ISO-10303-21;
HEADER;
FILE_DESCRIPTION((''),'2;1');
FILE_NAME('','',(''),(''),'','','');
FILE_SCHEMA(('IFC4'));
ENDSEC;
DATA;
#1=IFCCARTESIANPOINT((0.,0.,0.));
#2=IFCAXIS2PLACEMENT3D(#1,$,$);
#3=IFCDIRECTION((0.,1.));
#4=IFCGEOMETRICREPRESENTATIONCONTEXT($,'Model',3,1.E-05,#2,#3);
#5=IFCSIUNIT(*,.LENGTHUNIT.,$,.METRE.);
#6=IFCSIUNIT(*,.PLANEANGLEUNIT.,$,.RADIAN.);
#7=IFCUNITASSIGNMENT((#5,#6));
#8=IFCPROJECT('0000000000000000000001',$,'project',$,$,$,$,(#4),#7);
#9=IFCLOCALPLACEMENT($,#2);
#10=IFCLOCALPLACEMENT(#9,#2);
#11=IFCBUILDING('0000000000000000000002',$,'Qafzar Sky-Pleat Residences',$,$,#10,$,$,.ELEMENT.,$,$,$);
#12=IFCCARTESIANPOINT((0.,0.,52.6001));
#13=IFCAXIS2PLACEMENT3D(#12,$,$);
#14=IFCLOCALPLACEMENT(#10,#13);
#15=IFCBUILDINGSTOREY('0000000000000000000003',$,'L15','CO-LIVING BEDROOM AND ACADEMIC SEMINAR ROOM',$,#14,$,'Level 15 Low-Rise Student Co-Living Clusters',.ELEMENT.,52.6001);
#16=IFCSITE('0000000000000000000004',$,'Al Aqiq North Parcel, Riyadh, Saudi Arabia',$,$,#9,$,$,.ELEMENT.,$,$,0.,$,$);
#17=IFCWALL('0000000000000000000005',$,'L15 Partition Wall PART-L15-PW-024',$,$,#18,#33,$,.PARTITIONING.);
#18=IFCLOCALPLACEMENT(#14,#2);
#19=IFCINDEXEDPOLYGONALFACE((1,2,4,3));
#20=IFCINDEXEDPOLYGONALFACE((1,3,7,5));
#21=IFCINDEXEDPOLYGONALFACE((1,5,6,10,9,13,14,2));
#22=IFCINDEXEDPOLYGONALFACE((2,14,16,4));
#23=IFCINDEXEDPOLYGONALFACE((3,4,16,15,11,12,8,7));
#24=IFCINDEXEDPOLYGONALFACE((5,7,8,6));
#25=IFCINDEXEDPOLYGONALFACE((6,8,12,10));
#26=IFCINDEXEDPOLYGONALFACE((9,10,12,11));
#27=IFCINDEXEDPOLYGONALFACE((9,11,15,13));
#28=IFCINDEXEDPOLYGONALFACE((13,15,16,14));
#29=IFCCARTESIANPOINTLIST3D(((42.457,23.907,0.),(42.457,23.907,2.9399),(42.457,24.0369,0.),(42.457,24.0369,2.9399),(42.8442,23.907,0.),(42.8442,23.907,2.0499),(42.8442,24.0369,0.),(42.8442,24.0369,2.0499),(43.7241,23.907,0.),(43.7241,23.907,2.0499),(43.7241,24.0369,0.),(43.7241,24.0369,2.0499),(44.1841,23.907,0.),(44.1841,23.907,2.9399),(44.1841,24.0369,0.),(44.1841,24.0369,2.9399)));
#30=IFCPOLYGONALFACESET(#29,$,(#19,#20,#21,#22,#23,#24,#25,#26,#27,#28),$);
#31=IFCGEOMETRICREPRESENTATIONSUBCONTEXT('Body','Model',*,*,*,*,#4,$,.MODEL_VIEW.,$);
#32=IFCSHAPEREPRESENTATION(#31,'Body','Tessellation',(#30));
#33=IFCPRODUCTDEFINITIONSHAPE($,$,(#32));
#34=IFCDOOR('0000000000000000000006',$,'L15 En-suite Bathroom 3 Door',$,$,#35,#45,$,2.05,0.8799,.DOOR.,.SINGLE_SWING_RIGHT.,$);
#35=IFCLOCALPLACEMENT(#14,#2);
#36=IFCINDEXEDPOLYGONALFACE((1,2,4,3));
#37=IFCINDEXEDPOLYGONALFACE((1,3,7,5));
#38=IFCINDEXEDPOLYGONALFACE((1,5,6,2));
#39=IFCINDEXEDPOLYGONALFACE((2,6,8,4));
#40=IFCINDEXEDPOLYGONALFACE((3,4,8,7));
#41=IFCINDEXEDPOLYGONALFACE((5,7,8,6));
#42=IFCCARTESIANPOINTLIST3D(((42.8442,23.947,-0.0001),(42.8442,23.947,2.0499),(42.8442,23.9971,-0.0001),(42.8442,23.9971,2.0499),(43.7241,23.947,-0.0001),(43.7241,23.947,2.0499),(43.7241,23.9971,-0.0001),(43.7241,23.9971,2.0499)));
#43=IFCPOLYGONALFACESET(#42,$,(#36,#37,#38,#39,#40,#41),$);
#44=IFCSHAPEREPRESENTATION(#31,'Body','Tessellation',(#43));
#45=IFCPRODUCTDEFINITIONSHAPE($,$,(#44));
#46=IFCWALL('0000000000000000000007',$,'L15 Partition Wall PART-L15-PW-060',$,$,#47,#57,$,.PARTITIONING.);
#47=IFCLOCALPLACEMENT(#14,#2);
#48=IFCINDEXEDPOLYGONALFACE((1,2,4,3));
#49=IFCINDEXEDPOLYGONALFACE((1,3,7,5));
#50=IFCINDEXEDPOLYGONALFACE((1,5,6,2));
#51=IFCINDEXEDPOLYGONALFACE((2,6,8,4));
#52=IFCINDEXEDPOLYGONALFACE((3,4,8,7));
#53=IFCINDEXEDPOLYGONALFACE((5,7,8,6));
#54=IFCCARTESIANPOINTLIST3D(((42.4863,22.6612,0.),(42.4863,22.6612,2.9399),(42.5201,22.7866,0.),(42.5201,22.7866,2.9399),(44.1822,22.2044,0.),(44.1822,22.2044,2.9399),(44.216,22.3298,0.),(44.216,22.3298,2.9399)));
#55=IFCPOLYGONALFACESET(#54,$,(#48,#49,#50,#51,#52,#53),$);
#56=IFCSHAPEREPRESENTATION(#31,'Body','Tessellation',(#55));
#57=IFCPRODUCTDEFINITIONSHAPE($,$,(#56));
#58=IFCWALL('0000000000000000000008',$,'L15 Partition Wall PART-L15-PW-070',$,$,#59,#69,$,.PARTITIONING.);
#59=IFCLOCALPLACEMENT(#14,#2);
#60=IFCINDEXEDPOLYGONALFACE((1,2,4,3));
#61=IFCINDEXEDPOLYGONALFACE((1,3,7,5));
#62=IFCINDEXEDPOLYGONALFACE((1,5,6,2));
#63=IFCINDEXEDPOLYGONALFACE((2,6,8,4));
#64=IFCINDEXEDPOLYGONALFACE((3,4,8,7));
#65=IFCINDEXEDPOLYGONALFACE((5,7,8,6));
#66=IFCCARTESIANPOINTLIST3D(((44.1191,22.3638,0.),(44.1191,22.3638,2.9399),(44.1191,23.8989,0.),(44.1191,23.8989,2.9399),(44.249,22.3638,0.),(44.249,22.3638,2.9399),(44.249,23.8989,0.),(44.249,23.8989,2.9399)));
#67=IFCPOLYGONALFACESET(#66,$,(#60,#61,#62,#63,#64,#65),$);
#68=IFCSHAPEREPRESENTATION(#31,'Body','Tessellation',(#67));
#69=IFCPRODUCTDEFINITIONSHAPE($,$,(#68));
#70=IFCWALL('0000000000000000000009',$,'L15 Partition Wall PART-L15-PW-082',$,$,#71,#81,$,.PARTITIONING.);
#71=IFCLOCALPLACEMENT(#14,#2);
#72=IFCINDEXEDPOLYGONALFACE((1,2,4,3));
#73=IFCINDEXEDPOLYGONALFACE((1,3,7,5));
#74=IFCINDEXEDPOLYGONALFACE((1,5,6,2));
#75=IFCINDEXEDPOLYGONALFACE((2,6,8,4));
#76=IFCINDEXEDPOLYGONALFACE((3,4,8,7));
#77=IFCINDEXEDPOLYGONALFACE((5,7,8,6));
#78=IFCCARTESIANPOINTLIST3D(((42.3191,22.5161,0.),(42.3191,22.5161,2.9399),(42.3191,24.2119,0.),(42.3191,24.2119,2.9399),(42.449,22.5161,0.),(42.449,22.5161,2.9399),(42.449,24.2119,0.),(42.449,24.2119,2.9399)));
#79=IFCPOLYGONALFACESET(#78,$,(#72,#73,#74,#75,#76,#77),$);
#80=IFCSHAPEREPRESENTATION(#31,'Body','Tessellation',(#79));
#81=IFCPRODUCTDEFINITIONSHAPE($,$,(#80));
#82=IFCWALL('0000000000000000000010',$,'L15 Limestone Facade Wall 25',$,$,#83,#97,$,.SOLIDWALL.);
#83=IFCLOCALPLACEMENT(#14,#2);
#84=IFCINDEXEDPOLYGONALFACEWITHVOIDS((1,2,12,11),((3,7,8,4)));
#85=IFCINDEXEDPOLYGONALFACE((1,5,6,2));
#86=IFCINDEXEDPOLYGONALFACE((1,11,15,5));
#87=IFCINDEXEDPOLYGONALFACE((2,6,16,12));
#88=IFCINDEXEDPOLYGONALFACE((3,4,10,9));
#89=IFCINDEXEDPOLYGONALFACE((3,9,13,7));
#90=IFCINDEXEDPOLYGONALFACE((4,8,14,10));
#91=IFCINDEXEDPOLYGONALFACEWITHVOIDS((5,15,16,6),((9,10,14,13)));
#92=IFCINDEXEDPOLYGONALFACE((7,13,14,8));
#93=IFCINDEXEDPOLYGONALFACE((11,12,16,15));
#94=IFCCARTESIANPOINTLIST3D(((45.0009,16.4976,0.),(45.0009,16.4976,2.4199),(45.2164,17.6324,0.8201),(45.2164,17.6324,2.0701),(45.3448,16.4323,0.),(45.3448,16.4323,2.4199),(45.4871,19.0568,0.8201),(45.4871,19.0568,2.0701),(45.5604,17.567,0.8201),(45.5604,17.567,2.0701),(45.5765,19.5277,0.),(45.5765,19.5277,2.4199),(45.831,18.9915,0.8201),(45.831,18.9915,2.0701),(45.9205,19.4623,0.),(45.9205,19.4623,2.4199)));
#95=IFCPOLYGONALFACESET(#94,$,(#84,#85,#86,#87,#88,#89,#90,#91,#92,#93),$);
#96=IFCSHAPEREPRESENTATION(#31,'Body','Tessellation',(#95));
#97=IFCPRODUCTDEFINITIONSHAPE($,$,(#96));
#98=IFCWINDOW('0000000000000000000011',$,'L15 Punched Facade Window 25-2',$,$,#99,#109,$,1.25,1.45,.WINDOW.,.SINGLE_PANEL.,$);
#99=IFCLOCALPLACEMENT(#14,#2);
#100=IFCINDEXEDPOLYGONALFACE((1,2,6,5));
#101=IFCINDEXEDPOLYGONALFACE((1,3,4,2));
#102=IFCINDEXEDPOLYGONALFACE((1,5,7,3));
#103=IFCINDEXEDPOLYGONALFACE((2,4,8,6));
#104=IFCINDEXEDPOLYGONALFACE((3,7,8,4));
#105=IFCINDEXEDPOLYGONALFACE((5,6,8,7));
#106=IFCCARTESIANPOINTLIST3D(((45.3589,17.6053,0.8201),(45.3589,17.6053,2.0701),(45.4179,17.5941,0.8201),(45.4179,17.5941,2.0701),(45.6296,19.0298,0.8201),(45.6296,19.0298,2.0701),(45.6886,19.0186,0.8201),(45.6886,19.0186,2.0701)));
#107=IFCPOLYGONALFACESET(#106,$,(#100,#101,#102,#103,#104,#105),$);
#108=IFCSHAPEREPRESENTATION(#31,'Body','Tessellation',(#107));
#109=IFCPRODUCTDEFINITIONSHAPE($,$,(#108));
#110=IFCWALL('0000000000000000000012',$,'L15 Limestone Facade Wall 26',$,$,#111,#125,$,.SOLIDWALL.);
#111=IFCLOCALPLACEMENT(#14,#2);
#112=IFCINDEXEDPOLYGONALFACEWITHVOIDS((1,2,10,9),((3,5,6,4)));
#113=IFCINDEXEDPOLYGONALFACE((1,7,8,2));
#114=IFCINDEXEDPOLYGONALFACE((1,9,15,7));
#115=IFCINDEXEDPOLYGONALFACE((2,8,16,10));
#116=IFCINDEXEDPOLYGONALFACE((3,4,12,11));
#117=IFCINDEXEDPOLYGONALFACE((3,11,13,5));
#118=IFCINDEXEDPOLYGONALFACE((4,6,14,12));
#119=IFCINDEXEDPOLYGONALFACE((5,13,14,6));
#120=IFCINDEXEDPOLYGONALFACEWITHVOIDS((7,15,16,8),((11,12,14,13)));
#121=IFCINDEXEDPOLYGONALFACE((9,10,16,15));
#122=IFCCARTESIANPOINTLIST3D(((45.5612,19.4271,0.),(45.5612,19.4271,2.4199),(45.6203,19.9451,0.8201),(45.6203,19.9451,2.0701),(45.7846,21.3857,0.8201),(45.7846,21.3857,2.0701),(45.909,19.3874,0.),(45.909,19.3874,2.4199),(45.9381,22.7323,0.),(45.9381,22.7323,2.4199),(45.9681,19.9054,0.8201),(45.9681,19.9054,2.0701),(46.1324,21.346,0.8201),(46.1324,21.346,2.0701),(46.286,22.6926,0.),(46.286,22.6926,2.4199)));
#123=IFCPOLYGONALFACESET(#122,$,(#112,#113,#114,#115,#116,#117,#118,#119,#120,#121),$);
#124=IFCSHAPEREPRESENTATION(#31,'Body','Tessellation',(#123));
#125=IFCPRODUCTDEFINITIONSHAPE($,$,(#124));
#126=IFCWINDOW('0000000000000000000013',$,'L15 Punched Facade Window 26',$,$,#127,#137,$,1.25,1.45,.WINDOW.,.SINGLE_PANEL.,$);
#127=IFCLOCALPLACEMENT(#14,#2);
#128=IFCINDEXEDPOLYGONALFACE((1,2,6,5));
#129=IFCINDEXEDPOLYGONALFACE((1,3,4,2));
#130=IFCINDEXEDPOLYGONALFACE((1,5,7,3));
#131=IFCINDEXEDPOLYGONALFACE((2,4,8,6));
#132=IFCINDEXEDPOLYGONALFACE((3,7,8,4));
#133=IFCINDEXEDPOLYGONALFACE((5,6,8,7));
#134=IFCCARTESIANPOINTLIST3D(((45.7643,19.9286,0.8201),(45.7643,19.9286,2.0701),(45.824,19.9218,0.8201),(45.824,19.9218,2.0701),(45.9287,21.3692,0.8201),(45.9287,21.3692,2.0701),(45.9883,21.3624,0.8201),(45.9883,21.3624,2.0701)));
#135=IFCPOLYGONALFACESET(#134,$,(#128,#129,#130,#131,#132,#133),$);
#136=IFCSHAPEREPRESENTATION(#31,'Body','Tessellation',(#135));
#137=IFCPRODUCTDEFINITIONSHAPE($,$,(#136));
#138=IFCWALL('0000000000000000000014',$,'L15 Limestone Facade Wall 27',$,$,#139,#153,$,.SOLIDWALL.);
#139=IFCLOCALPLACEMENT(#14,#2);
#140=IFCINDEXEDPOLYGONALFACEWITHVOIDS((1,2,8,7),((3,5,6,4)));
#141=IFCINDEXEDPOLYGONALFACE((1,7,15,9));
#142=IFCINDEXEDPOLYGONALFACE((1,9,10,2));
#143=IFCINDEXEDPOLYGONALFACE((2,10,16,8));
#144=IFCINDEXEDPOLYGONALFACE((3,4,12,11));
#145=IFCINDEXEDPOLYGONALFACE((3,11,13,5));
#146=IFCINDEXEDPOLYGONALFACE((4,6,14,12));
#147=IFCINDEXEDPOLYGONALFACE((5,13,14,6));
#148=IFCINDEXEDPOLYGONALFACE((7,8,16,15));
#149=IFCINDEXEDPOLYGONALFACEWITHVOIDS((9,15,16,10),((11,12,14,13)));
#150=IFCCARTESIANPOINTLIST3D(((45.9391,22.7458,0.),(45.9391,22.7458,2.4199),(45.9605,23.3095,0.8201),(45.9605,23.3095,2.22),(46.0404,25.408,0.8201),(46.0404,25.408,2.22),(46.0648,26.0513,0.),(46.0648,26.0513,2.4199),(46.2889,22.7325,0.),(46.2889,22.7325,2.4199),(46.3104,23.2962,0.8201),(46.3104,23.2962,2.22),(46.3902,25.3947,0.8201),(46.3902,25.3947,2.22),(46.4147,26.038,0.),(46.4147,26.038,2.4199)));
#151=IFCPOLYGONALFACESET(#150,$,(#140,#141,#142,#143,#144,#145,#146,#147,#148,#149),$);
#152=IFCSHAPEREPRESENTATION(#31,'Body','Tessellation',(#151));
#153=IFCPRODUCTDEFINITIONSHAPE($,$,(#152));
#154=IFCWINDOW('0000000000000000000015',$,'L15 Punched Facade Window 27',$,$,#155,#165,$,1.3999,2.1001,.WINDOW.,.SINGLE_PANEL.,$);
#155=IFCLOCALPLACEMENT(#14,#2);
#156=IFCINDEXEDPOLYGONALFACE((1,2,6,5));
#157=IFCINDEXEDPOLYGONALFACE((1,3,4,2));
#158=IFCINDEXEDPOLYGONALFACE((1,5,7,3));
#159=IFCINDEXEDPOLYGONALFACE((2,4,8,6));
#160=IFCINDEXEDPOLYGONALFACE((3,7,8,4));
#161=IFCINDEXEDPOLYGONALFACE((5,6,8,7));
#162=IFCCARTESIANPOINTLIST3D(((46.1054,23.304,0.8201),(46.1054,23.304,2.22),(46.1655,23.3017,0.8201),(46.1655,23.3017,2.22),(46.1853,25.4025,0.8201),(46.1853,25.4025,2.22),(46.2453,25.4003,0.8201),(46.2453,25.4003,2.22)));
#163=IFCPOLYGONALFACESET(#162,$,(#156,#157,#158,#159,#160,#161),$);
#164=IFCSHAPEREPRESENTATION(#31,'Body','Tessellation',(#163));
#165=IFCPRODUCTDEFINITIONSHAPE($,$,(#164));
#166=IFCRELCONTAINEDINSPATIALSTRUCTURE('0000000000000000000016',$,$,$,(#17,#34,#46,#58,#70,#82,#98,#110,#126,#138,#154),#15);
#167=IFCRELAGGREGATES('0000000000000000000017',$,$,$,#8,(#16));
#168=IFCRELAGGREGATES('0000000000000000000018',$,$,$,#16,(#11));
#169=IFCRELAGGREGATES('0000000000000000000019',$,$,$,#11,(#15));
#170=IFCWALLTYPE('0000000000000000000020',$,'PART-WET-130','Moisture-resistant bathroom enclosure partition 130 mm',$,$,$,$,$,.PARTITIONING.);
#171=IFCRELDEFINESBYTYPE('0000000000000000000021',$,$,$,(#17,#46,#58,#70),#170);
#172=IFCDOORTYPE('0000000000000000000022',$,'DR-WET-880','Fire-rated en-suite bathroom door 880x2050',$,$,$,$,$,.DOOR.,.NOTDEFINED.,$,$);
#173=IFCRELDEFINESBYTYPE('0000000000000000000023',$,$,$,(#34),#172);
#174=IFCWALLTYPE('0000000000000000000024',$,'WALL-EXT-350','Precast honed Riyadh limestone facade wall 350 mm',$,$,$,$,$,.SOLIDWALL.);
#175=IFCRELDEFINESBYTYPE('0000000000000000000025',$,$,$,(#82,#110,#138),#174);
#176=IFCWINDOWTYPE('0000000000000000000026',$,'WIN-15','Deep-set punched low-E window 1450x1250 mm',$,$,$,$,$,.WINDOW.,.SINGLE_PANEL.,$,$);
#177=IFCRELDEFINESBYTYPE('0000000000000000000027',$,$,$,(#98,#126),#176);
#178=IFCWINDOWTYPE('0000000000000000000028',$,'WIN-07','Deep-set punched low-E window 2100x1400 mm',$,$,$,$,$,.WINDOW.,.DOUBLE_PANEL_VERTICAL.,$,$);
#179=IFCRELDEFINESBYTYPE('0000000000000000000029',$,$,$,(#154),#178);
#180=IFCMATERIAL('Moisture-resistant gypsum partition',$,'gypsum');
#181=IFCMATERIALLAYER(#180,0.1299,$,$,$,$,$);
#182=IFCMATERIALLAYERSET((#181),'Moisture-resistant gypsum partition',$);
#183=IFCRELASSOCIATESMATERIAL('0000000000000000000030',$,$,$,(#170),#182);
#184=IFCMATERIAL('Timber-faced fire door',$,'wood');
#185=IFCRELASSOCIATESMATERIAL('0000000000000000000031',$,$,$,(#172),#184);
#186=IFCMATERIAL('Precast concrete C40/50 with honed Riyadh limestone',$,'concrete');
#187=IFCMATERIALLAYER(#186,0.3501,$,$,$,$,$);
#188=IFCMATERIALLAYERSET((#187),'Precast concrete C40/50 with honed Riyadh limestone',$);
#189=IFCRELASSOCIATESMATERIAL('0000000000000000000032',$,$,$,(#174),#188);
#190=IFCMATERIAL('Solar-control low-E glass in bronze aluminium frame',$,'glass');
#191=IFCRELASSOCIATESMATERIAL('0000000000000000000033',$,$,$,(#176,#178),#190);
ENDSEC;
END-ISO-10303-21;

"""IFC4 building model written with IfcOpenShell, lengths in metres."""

from ifc_helpers import new_model, si_unit, direction, frame, frame_2d, origin, place, context, subcontext, project, spatial, rectangle, extrude, source, transform, mapped, material, layer, layer_set, type_object, element, fill, save


model = new_model("IFC4")

# Units and contexts
model_context = context("Model", 3, precision=1e-05, world=origin(), true_north=direction((0.0, 1.0)))
body_context = subcontext(model_context, "Body", "Model", "MODEL_VIEW")
ifc_project = project(units=[si_unit("LENGTHUNIT", "METRE"), si_unit("PLANEANGLEUNIT", "RADIAN")], contexts=[model_context])

# Site, building, storey
site_placement = place(None, origin())
site = spatial("IfcSite", under=ifc_project, at=site_placement, Name="Al Aqiq North Parcel, Riyadh, Saudi Arabia", CompositionType="ELEMENT", RefElevation=0.0)
building_placement = place(site_placement, origin())
building = spatial("IfcBuilding", under=site, at=building_placement, Name="Qafzar Sky-Pleat Residences", CompositionType="ELEMENT")
storey_placement = place(building_placement, frame((0.0, 0.0, 52.6001)))
storey = spatial("IfcBuildingStorey", under=building, at=storey_placement, Name="L15", Description="CO-LIVING BEDROOM AND ACADEMIC SEMINAR ROOM", LongName="Level 15 Low-Rise Student Co-Living Clusters", CompositionType="ELEMENT", Elevation=52.6001)

# Wall, opening, door
ifc_material_1 = material(Name="Moisture-resistant gypsum partition", Category="gypsum")
ifc_layer_1 = layer(ifc_material_1, 0.1299)
ifc_layer_set_1 = layer_set([ifc_layer_1], Name="Moisture-resistant gypsum partition")
wall_type_1 = type_object("IfcWallType", Name="PART-WET-130", Description="Moisture-resistant bathroom enclosure partition 130 mm", PredefinedType="PARTITIONING", material=ifc_layer_set_1)
wall_1_placement = place(storey_placement, frame((44.1841, 23.9719, 0.0), z_axis=(0.0, 0.0, 1.0), x_axis=(-1.0, 0.0, 0.0)))
wall_1 = element("IfcWall", 1, at=wall_1_placement, inside=storey, type_object=wall_type_1, Name="L15 Partition Wall PART-L15-PW-024", PredefinedType="PARTITIONING", context=body_context, shape_type="SweptSolid", body=[
    extrude(rectangle(XDim=1.7271, YDim=0.1299, at=frame_2d((0.8635, 0.0))), origin(), (0.0, 0.0, 1.0), 2.9399),
])
opening_1_placement = place(wall_1_placement, frame((0.46, 0.0, 0.0)))
opening_1 = element("IfcOpeningElement", 2, at=opening_1_placement, cuts=wall_1, PredefinedType="OPENING", context=body_context, shape_type="SweptSolid", body=[
    extrude(rectangle(XDim=0.8799, YDim=2.05, at=frame_2d((0.4399, 1.0249))), frame((0.0, 0.075, 0.0), z_axis=(0.0, -1.0, 0.0), x_axis=(1.0, 0.0, 0.0)), (0.0, 0.0, 1.0), 0.1499),
])
ifc_material_2 = material(Name="Timber-faced fire door", Category="wood")
door_type = type_object("IfcDoorType", Name="DR-WET-880", Description="Fire-rated en-suite bathroom door 880x2050", OperationType="NOTDEFINED", PredefinedType="DOOR", material=ifc_material_2)
shared_shape_1 = source(origin(), body_context, "Body", "SweptSolid", [
    extrude(rectangle(XDim=0.8799, YDim=2.05, at=frame_2d((0.4399, 1.0249))), frame((0.0, 0.0249, 0.0), z_axis=(0.0, -1.0, 0.0), x_axis=(1.0, 0.0, 0.0)), (0.0, 0.0, 1.0), 0.05),
])
door_placement = place(opening_1_placement, origin())
door = element("IfcDoor", 3, at=door_placement, inside=storey, type_object=door_type, Name="L15 En-suite Bathroom 3 Door", OperationType="SINGLE_SWING_RIGHT", OverallHeight=2.05, OverallWidth=0.8799, PredefinedType="DOOR", context=body_context, shape_type="MappedRepresentation", body=[
    mapped(shared_shape_1, transform((0.0, 0.0, 0.0), x_axis=(1.0, 0.0, 0.0), y_axis=(0.0, 1.0, 0.0), z_axis=(0.0, 0.0, 1.0), scale=1.0)),
])
fill(opening_1, door)

# Walls
wall_2_placement = place(storey_placement, frame((42.5032, 22.7239, 0.0), z_axis=(0.0, 0.0, 1.0), x_axis=(0.965584, -0.260093, 0.0)))
element("IfcWall", 4, at=wall_2_placement, inside=storey, type_object=wall_type_1, Name="L15 Partition Wall PART-L15-PW-060", PredefinedType="PARTITIONING", context=body_context, shape_type="SweptSolid", body=[
    extrude(rectangle(XDim=1.7563, YDim=0.1299, at=frame_2d((0.8782, 0.0))), origin(), (0.0, 0.0, 1.0), 2.9399),
])
wall_3_placement = place(storey_placement, frame((44.1841, 22.3638, 0.0), z_axis=(0.0, 0.0, 1.0), x_axis=(0.0, 1.0, 0.0)))
element("IfcWall", 5, at=wall_3_placement, inside=storey, type_object=wall_type_1, Name="L15 Partition Wall PART-L15-PW-070", PredefinedType="PARTITIONING", context=body_context, shape_type="SweptSolid", body=[
    extrude(rectangle(XDim=1.5352, YDim=0.1299, at=frame_2d((0.7676, 0.0))), origin(), (0.0, 0.0, 1.0), 2.9399),
])
wall_4_placement = place(storey_placement, frame((42.384, 22.5161, 0.0), z_axis=(0.0, 0.0, 1.0), x_axis=(0.0, 1.0, 0.0)))
element("IfcWall", 6, at=wall_4_placement, inside=storey, type_object=wall_type_1, Name="L15 Partition Wall PART-L15-PW-082", PredefinedType="PARTITIONING", context=body_context, shape_type="SweptSolid", body=[
    extrude(rectangle(XDim=1.6958, YDim=0.1299, at=frame_2d((0.8479, 0.0))), origin(), (0.0, 0.0, 1.0), 2.9399),
])

# Walls, openings, windows
ifc_material_3 = material(Name="Precast concrete C40/50 with honed Riyadh limestone", Category="concrete")
ifc_layer_2 = layer(ifc_material_3, 0.3501)
ifc_layer_set_2 = layer_set([ifc_layer_2], Name="Precast concrete C40/50 with honed Riyadh limestone")
wall_type_2 = type_object("IfcWallType", Name="WALL-EXT-350", Description="Precast honed Riyadh limestone facade wall 350 mm", PredefinedType="SOLIDWALL", material=ifc_layer_set_2)
wall_5_placement = place(storey_placement, frame((45.1729, 16.4651, 0.0), z_axis=(0.0, 0.0, 1.0), x_axis=(0.186654, 0.982426, 0.0)))
wall_5 = element("IfcWall", 7, at=wall_5_placement, inside=storey, type_object=wall_type_2, Name="L15 Limestone Facade Wall 25", PredefinedType="SOLIDWALL", context=body_context, shape_type="SweptSolid", body=[
    extrude(rectangle(XDim=3.0842, YDim=0.3501, at=frame_2d((1.542, 0.0))), origin(), (0.0, 0.0, 1.0), 2.4199),
])
opening_2_placement = place(wall_5_placement, frame((1.1548, 0.0, 0.8201)))
opening_2 = element("IfcOpeningElement", 8, at=opening_2_placement, cuts=wall_5, PredefinedType="OPENING", context=body_context, shape_type="SweptSolid", body=[
    extrude(rectangle(XDim=1.45, YDim=1.25, at=frame_2d((0.7251, 0.625))), frame((0.0, 0.1851, 0.0), z_axis=(0.0, -1.0, 0.0), x_axis=(1.0, 0.0, 0.0)), (0.0, 0.0, 1.0), 0.3701),
])
ifc_material_4 = material(Name="Solar-control low-E glass in bronze aluminium frame", Category="glass")
window_type_1 = type_object("IfcWindowType", Name="WIN-15", Description="Deep-set punched low-E window 1450x1250 mm", PartitioningType="SINGLE_PANEL", PredefinedType="WINDOW", material=ifc_material_4)
shared_shape_2 = source(origin(), body_context, "Body", "SweptSolid", [
    extrude(rectangle(XDim=1.45, YDim=1.25, at=frame_2d((0.7251, 0.625))), frame((0.0, 0.03, 0.0), z_axis=(0.0, -1.0, 0.0), x_axis=(1.0, 0.0, 0.0)), (0.0, 0.0, 1.0), 0.0601),
])
window_1_placement = place(opening_2_placement, origin())
window_1 = element("IfcWindow", 9, at=window_1_placement, inside=storey, type_object=window_type_1, Name="L15 Punched Facade Window 25-2", OverallHeight=1.25, OverallWidth=1.45, PartitioningType="SINGLE_PANEL", PredefinedType="WINDOW", context=body_context, shape_type="MappedRepresentation", body=[
    mapped(shared_shape_2, transform((0.0, 0.0, 0.0), x_axis=(1.0, 0.0, 0.0), y_axis=(0.0, 1.0, 0.0), z_axis=(0.0, 0.0, 1.0), scale=1.0)),
])
fill(opening_2, window_1)
wall_6_placement = place(storey_placement, frame((45.7351, 19.4072, 0.0), z_axis=(0.0, 0.0, 1.0), x_axis=(0.113315, 0.993559, 0.0)))
wall_6 = element("IfcWall", 10, at=wall_6_placement, inside=storey, type_object=wall_type_2, Name="L15 Limestone Facade Wall 26", PredefinedType="SOLIDWALL", context=body_context, shape_type="SweptSolid", body=[
    extrude(rectangle(XDim=3.3267, YDim=0.3501, at=frame_2d((1.6633, 0.0))), origin(), (0.0, 0.0, 1.0), 2.4199),
])
opening_3_placement = place(wall_6_placement, frame((0.5212, 0.0, 0.8201)))
opening_3 = element("IfcOpeningElement", 11, at=opening_3_placement, cuts=wall_6, PredefinedType="OPENING", context=body_context, shape_type="SweptSolid", body=[
    extrude(rectangle(XDim=1.45, YDim=1.25, at=frame_2d((0.7251, 0.625))), frame((0.0, 0.1851, 0.0), z_axis=(0.0, -1.0, 0.0), x_axis=(1.0, 0.0, 0.0)), (0.0, 0.0, 1.0), 0.3701),
])
window_2_placement = place(opening_3_placement, origin())
window_2 = element("IfcWindow", 12, at=window_2_placement, inside=storey, type_object=window_type_1, Name="L15 Punched Facade Window 26", OverallHeight=1.25, OverallWidth=1.45, PartitioningType="SINGLE_PANEL", PredefinedType="WINDOW", context=body_context, shape_type="MappedRepresentation", body=[
    mapped(shared_shape_2, transform((0.0, 0.0, 0.0), x_axis=(1.0, 0.0, 0.0), y_axis=(0.0, 1.0, 0.0), z_axis=(0.0, 0.0, 1.0), scale=1.0)),
])
fill(opening_3, window_2)
wall_7_placement = place(storey_placement, frame((46.114, 22.7393, 0.0), z_axis=(0.0, 0.0, 1.0), x_axis=(0.038011, 0.999277, 0.0)))
wall_7 = element("IfcWall", 13, at=wall_7_placement, inside=storey, type_object=wall_type_2, Name="L15 Limestone Facade Wall 27", PredefinedType="SOLIDWALL", context=body_context, shape_type="SweptSolid", body=[
    extrude(rectangle(XDim=3.3079, YDim=0.3501, at=frame_2d((1.6538, 0.0))), origin(), (0.0, 0.0, 1.0), 2.4199),
])
opening_4_placement = place(wall_7_placement, frame((0.564, 0.0, 0.8201)))
opening_4 = element("IfcOpeningElement", 14, at=opening_4_placement, cuts=wall_7, PredefinedType="OPENING", context=body_context, shape_type="SweptSolid", body=[
    extrude(rectangle(XDim=2.1001, YDim=1.3999, at=frame_2d((1.05, 0.7))), frame((0.0, 0.1851, 0.0), z_axis=(0.0, -1.0, 0.0), x_axis=(1.0, 0.0, 0.0)), (0.0, 0.0, 1.0), 0.3701),
])
window_type_2 = type_object("IfcWindowType", Name="WIN-07", Description="Deep-set punched low-E window 2100x1400 mm", PartitioningType="DOUBLE_PANEL_VERTICAL", PredefinedType="WINDOW", material=ifc_material_4)
shared_shape_3 = source(origin(), body_context, "Body", "SweptSolid", [
    extrude(rectangle(XDim=2.1001, YDim=1.3999, at=frame_2d((1.05, 0.7))), frame((0.0, 0.03, 0.0), z_axis=(0.0, -1.0, 0.0), x_axis=(1.0, 0.0, 0.0)), (0.0, 0.0, 1.0), 0.0601),
])
window_3_placement = place(opening_4_placement, origin())
window_3 = element("IfcWindow", 15, at=window_3_placement, inside=storey, type_object=window_type_2, Name="L15 Punched Facade Window 27", OverallHeight=1.3999, OverallWidth=2.1001, PartitioningType="SINGLE_PANEL", PredefinedType="WINDOW", context=body_context, shape_type="MappedRepresentation", body=[
    mapped(shared_shape_3, transform((0.0, 0.0, 0.0), x_axis=(1.0, 0.0, 0.0), y_axis=(0.0, 1.0, 0.0), z_axis=(0.0, 0.0, 1.0), scale=1.0)),
])
fill(opening_4, window_3)

save(model, "model.ifc")
